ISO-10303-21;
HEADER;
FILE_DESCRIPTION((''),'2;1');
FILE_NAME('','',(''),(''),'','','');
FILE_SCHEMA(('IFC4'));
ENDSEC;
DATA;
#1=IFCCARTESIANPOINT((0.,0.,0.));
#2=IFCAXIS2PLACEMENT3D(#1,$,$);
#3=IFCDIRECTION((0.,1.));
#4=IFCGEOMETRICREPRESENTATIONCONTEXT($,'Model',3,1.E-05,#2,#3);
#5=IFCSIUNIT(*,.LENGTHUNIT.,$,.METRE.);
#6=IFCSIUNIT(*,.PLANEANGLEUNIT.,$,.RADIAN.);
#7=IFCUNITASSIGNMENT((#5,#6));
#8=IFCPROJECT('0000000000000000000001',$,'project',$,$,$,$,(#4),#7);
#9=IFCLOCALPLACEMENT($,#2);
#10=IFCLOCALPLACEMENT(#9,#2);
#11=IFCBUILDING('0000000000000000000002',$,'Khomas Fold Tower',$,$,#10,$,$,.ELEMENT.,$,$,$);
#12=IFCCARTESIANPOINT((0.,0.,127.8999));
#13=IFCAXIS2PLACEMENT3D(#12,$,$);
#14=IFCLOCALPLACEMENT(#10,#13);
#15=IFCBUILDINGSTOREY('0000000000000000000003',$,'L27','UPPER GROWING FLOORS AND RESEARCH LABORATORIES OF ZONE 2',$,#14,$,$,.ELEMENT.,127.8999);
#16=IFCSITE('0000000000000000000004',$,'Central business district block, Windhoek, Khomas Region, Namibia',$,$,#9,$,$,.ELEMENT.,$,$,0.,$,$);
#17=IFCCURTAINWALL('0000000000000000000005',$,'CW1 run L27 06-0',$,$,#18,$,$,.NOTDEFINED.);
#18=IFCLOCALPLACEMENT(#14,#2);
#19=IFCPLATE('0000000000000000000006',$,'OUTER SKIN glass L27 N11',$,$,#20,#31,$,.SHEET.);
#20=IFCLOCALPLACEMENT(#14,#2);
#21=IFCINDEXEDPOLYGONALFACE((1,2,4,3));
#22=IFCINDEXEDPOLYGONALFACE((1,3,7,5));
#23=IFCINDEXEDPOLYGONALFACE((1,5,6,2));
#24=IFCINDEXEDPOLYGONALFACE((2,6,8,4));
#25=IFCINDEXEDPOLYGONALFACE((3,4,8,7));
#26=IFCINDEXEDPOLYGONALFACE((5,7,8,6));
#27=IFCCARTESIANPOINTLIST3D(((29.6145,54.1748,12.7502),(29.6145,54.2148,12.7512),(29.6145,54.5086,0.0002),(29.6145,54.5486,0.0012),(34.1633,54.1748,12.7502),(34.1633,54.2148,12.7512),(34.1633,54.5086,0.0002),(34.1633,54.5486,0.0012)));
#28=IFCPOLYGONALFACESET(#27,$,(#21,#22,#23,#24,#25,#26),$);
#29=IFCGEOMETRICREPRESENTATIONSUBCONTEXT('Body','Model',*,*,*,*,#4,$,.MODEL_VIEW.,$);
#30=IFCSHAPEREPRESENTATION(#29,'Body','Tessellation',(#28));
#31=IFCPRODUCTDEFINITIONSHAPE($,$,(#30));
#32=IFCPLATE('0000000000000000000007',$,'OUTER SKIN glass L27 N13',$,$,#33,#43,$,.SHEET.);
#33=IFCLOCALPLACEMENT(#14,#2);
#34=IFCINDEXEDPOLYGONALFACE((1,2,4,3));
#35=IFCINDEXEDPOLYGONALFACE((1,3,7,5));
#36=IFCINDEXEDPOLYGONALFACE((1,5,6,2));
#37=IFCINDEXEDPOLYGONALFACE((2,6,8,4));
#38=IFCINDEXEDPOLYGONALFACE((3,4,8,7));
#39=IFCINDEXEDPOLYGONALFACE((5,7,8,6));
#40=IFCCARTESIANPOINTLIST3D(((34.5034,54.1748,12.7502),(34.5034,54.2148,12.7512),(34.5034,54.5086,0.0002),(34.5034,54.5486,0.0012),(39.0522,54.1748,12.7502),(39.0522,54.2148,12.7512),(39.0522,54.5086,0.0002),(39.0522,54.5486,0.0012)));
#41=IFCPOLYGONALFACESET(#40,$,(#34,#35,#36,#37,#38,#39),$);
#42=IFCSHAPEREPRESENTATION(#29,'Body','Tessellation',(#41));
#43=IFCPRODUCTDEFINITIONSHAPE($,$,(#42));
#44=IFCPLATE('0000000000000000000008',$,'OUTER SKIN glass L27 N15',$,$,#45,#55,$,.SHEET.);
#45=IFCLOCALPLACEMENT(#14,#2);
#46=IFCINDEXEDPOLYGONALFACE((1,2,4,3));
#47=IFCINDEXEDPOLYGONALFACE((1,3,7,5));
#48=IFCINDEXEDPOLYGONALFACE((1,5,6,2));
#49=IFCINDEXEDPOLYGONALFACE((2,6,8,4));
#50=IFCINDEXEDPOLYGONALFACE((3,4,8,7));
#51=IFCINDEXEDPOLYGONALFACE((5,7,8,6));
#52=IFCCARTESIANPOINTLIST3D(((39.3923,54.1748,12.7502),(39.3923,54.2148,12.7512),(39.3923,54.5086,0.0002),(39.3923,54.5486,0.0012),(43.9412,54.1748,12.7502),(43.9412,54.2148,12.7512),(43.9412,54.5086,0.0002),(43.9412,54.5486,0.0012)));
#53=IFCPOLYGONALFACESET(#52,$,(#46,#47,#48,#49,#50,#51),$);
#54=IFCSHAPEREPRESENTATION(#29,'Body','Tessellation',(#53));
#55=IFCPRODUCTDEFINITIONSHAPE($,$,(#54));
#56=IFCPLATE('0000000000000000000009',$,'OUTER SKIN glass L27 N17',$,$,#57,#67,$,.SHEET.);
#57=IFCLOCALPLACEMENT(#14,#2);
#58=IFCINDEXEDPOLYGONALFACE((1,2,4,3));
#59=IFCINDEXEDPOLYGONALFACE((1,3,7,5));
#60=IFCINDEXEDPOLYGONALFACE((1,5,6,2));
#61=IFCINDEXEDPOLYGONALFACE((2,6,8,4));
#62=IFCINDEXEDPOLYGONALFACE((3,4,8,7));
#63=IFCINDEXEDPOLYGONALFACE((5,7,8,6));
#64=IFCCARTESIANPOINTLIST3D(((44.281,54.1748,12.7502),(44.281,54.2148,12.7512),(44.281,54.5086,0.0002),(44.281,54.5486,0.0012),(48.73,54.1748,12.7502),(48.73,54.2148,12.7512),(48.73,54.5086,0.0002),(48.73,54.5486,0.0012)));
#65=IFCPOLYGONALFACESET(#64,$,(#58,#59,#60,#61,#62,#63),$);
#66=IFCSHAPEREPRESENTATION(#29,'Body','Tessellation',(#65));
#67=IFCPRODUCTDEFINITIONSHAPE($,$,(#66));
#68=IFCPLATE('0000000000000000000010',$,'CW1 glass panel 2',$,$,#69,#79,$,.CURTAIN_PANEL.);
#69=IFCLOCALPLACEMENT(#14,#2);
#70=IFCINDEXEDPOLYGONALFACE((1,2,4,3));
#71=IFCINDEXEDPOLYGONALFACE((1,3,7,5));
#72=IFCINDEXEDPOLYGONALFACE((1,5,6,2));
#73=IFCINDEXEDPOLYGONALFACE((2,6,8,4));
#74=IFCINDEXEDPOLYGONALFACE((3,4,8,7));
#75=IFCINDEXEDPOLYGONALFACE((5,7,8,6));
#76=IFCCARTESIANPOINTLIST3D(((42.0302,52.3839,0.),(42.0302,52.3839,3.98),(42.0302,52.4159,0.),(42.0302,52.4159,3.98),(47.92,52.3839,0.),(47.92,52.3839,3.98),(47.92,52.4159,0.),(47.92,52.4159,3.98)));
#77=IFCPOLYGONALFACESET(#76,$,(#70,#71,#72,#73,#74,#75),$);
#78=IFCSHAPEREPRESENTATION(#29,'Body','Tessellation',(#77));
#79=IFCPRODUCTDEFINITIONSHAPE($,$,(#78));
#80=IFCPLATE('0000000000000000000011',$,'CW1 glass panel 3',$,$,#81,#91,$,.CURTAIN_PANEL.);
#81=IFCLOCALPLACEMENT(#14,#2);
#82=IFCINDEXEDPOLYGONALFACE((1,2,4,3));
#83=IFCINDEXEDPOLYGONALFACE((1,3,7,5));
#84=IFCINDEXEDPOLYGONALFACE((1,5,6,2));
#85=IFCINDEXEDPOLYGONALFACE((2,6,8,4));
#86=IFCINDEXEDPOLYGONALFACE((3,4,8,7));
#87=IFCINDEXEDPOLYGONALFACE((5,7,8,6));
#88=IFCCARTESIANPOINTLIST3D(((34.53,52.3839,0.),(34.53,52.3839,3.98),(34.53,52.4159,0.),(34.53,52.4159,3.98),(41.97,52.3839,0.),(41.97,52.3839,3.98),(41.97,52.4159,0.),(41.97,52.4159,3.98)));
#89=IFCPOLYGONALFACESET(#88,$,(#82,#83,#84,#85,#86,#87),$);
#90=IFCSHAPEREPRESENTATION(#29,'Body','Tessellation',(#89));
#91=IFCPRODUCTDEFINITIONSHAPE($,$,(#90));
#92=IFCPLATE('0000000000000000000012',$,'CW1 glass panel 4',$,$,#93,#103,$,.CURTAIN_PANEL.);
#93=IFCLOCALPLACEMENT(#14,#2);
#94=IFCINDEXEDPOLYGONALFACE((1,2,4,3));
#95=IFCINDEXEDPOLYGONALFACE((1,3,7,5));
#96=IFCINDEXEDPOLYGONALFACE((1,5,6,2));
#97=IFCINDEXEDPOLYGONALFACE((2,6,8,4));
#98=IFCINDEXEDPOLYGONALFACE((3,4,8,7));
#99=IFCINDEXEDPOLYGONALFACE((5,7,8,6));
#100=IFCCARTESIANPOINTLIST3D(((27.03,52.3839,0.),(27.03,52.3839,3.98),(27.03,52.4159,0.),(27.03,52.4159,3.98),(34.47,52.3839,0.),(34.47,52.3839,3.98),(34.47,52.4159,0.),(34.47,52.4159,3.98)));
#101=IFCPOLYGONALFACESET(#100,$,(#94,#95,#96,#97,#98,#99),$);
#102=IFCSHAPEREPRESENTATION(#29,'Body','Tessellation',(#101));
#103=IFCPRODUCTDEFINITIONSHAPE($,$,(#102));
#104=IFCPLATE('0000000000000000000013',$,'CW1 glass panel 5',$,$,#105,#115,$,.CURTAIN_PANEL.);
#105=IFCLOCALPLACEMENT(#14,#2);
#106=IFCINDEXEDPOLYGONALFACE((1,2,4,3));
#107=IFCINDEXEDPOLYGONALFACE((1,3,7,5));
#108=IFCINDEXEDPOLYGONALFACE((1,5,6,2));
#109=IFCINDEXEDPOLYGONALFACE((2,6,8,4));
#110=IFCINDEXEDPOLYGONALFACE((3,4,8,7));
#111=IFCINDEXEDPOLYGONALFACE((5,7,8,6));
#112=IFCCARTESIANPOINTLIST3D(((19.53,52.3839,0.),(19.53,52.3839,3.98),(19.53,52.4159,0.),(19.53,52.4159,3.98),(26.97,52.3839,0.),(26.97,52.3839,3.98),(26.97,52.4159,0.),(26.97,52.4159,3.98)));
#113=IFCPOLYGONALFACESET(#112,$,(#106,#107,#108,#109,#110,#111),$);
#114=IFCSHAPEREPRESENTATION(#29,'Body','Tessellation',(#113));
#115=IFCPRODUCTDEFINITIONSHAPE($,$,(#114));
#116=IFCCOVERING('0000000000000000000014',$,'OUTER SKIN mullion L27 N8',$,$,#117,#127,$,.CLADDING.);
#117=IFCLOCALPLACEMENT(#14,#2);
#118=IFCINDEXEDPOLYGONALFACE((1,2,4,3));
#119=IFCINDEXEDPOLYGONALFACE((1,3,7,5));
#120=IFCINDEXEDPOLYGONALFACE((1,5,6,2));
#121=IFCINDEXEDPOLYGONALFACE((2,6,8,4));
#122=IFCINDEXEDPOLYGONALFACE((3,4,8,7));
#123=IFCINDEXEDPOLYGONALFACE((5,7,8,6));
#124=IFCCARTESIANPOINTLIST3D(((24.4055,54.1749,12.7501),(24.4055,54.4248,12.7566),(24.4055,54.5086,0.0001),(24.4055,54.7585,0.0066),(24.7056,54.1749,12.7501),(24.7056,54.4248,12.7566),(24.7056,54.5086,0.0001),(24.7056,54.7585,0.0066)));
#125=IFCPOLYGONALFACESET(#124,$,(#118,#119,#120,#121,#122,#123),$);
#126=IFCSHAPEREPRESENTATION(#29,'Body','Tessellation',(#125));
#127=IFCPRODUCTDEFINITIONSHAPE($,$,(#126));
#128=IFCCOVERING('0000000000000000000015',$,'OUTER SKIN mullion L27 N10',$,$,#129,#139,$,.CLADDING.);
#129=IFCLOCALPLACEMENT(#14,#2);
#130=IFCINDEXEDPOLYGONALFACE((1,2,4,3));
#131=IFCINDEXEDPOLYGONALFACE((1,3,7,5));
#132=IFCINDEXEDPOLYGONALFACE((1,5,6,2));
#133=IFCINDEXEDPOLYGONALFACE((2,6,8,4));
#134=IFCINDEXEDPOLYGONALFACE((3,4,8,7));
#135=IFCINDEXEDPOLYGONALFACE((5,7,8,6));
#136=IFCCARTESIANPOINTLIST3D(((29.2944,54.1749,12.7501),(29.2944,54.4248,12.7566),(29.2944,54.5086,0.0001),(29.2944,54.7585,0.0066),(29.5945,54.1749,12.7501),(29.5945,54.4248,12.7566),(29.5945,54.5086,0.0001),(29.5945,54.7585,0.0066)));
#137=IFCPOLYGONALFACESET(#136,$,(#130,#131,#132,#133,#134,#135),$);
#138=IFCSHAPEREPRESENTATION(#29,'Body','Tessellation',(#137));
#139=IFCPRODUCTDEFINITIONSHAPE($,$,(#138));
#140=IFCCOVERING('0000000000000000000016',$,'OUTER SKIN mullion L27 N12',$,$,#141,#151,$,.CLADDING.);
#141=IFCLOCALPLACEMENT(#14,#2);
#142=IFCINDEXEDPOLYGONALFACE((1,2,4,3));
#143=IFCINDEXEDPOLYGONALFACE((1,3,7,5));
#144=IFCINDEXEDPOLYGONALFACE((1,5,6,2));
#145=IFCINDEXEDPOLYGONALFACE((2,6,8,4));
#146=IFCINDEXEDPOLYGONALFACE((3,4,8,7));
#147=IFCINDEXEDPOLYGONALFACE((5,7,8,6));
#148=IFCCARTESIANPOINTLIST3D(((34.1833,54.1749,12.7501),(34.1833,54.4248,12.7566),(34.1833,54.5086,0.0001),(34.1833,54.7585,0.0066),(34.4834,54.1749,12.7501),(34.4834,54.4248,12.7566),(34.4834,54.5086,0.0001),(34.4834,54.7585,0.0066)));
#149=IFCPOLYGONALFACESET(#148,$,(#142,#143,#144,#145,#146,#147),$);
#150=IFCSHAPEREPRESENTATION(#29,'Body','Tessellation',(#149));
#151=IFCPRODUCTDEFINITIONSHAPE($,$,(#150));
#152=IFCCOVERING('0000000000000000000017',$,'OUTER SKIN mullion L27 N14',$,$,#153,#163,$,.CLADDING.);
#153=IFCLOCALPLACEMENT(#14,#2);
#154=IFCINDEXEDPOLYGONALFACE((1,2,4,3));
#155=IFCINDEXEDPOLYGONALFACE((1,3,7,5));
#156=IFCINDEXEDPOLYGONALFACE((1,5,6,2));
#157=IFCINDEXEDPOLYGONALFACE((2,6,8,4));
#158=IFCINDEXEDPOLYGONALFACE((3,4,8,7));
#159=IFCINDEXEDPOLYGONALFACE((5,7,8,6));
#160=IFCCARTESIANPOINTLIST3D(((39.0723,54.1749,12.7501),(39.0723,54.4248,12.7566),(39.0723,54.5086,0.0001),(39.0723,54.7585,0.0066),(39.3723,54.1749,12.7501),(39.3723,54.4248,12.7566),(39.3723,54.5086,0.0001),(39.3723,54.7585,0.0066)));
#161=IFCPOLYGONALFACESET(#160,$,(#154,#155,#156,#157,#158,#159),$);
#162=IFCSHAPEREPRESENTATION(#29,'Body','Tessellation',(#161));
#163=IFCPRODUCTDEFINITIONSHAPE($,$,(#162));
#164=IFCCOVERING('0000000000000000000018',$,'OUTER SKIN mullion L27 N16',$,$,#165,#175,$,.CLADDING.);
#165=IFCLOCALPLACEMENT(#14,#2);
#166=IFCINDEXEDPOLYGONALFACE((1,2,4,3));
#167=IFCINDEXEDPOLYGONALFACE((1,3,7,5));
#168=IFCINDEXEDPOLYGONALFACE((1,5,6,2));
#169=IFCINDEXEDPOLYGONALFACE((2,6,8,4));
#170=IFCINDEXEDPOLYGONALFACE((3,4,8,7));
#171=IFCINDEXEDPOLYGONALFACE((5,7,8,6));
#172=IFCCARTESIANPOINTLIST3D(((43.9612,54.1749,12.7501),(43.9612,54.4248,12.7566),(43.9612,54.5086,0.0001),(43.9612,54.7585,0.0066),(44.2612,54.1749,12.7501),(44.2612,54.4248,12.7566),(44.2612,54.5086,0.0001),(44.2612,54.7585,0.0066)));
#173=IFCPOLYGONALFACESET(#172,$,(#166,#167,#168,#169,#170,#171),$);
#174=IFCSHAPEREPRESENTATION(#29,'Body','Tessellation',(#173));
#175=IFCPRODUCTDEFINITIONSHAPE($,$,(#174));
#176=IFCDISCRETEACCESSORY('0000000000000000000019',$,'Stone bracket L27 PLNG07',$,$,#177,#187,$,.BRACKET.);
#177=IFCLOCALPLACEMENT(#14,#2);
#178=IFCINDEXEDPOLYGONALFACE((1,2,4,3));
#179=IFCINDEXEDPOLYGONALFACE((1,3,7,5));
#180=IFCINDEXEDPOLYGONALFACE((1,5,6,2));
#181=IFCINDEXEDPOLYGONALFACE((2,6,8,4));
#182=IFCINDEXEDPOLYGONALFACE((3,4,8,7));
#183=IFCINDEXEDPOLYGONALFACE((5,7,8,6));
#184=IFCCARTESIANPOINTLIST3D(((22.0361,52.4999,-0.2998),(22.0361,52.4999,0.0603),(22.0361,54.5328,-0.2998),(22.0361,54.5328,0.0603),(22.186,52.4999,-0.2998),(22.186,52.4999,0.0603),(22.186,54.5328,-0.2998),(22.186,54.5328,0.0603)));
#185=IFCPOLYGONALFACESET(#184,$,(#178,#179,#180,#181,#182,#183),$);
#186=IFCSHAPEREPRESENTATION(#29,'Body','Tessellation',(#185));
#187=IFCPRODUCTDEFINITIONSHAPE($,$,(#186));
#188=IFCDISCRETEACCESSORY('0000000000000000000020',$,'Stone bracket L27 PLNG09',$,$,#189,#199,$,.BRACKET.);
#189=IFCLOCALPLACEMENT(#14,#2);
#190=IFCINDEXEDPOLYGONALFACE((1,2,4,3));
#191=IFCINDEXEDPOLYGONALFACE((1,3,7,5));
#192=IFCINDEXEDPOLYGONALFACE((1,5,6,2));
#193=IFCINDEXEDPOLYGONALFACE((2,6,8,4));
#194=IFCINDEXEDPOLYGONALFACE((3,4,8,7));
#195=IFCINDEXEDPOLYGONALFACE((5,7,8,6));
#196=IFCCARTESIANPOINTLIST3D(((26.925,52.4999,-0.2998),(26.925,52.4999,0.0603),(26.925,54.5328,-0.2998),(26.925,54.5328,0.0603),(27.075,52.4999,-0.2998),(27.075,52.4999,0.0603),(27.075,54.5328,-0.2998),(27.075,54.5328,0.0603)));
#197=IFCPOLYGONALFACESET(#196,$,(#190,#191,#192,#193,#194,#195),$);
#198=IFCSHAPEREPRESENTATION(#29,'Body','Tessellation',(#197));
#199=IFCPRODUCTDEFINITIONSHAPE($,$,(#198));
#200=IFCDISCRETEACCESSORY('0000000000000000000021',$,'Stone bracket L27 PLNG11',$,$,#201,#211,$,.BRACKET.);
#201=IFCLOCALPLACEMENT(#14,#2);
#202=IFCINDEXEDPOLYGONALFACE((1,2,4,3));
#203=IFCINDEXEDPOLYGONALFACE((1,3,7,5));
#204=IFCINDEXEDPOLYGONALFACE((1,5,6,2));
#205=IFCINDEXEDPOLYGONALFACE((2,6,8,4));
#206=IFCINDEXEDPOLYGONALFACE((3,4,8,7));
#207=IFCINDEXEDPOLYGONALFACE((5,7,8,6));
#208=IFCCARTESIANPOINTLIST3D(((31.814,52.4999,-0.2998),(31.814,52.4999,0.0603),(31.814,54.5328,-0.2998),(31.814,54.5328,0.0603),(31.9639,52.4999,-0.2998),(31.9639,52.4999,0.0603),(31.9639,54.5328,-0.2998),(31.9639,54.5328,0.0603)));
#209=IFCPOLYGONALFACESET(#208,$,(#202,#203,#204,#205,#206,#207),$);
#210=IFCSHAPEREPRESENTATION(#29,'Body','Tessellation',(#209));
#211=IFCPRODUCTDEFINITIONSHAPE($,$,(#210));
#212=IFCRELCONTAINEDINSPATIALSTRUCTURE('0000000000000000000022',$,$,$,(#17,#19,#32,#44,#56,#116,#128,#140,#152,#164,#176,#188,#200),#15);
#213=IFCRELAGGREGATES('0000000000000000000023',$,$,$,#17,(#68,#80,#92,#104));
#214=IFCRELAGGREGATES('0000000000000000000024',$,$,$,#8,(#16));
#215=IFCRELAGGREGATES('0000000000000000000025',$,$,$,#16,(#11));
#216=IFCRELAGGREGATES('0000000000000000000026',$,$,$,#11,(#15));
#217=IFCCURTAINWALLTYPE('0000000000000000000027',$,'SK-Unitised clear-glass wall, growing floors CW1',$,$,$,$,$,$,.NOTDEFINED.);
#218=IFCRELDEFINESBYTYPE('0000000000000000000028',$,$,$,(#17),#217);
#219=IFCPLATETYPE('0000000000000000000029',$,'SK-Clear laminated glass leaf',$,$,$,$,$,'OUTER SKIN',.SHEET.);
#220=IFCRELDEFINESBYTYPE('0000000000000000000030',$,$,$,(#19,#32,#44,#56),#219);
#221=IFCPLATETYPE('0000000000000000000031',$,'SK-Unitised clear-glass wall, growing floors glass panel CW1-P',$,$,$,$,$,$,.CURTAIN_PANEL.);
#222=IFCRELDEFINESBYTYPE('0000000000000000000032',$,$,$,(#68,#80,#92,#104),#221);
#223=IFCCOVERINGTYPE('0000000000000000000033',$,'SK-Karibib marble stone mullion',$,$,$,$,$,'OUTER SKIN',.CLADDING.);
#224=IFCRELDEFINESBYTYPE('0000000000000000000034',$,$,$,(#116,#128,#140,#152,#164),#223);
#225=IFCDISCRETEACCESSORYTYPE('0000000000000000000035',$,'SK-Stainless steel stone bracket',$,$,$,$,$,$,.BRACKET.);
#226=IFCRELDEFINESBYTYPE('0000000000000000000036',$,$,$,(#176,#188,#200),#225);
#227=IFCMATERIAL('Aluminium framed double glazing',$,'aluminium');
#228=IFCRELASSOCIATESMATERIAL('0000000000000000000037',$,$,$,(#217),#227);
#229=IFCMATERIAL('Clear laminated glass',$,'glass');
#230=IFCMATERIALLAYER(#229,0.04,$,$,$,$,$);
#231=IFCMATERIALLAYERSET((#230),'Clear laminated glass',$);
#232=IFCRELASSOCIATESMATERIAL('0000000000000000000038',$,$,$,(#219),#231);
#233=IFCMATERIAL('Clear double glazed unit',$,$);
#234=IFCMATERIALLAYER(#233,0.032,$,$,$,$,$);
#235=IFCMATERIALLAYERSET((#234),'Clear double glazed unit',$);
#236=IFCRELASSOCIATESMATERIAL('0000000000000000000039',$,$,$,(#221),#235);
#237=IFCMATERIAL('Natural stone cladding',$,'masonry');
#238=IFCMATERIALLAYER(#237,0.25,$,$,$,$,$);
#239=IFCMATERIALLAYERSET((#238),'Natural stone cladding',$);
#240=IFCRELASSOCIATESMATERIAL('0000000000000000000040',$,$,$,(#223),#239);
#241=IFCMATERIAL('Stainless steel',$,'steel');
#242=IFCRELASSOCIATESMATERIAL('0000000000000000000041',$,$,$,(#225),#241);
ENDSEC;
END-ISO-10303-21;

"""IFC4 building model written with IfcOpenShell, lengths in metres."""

from ifc_helpers import new_model, si_unit, direction, frame, origin, origin_2d, place, context, subcontext, project, spatial, polyline, rectangle, outline, extrude, source, transform, mapped, material, layer, layer_set, type_object, element, aggregate, save


model = new_model("IFC4")

# Units and contexts
model_context = context("Model", 3, precision=1e-05, world=origin(), true_north=direction((0.0, 1.0)))
body_context = subcontext(model_context, "Body", "Model", "MODEL_VIEW")
ifc_project = project(units=[si_unit("LENGTHUNIT", "METRE"), si_unit("PLANEANGLEUNIT", "RADIAN")], contexts=[model_context])

# Site, building, storey
site_placement = place(None, origin())
site = spatial("IfcSite", under=ifc_project, at=site_placement, Name="Central business district block, Windhoek, Khomas Region, Namibia", CompositionType="ELEMENT", RefElevation=0.0)
building_placement = place(site_placement, origin())
building = spatial("IfcBuilding", under=site, at=building_placement, Name="Khomas Fold Tower", CompositionType="ELEMENT")
storey_placement = place(building_placement, frame((0.0, 0.0, 127.8999)))
storey = spatial("IfcBuildingStorey", under=building, at=storey_placement, Name="L27", Description="UPPER GROWING FLOORS AND RESEARCH LABORATORIES OF ZONE 2", CompositionType="ELEMENT", Elevation=127.8999)

# Curtain wall
ifc_material_1 = material(Name="Aluminium framed double glazing", Category="aluminium")
curtain_wall_type = type_object("IfcCurtainWallType", Name="SK-Unitised clear-glass wall, growing floors CW1", PredefinedType="NOTDEFINED", material=ifc_material_1)
curtain_wall_placement = place(storey_placement, origin())
curtain_wall = element("IfcCurtainWall", 1, at=curtain_wall_placement, inside=storey, type_object=curtain_wall_type, Name="CW1 run L27 06-0", PredefinedType="NOTDEFINED")

# Plates
ifc_material_2 = material(Name="Clear laminated glass", Category="glass")
ifc_layer_1 = layer(ifc_material_2, 0.04)
ifc_layer_set_1 = layer_set([ifc_layer_1], Name="Clear laminated glass")
plate_type_1 = type_object("IfcPlateType", Name="SK-Clear laminated glass leaf", ElementType="OUTER SKIN", PredefinedType="SHEET", material=ifc_layer_set_1)
for number, where, z_axis, x_axis, name in (
    (2, (29.6145, 54.5486, 0.0012), (0.0, 0.999658, 0.026167), (1.0, 0.0, 0.0), "OUTER SKIN glass L27 N11"),
    (3, (34.5034, 54.5486, 0.0012), (0.0, 0.999658, 0.026167), (1.0, 0.0, 0.0), "OUTER SKIN glass L27 N13"),
    (4, (39.3923, 54.5486, 0.0012), (0.0, 0.999658, 0.026167), (1.0, 0.0, 0.0), "OUTER SKIN glass L27 N15"),
):
    element("IfcPlate", number, at=place(storey_placement, frame(where, z_axis=z_axis, x_axis=x_axis)), inside=storey, type_object=plate_type_1, Name=name, PredefinedType="SHEET", context=body_context, shape_type="SweptSolid", body=[
        extrude(outline(polyline([(0.0, 0.0), (4.5488, 0.0), (4.5488, -12.7544), (0.0, -12.7544), (0.0, 0.0)])), origin(), (0.0, 0.0, -1.0), 0.04),
    ])
plate_1_placement = place(storey_placement, frame((44.281, 54.5486, 0.0012), z_axis=(0.0, 0.999658, 0.026167), x_axis=(1.0, 0.0, 0.0)))
element("IfcPlate", 5, at=plate_1_placement, inside=storey, type_object=plate_type_1, Name="OUTER SKIN glass L27 N17", PredefinedType="SHEET", context=body_context, shape_type="SweptSolid", body=[
    extrude(outline(polyline([(0.0, 0.0), (4.449, 0.0), (4.449, -12.7544), (0.0, -12.7544), (0.0, 0.0)])), origin(), (0.0, 0.0, -1.0), 0.04),
])

# Plates
ifc_material_3 = material(Name="Clear double glazed unit")
ifc_layer_2 = layer(ifc_material_3, 0.032)
ifc_layer_set_2 = layer_set([ifc_layer_2], Name="Clear double glazed unit")
plate_type_2 = type_object("IfcPlateType", Name="SK-Unitised clear-glass wall, growing floors glass panel CW1-P", PredefinedType="CURTAIN_PANEL", material=ifc_layer_set_2)
shared_shape_1 = source(origin(), body_context, "Body", "SweptSolid", [
    extrude(rectangle(XDim=5.8899, YDim=0.032, at=origin_2d()), origin(), (0.0, 0.0, 1.0), 3.98),
])
plate_2_placement = place(storey_placement, frame((44.9751, 52.3999, 0.0), z_axis=(0.0, 0.0, 1.0), x_axis=(-1.0, 0.0, 0.0)))
plate_2 = element("IfcPlate", 6, at=plate_2_placement, type_object=plate_type_2, Name="CW1 glass panel 2", PredefinedType="CURTAIN_PANEL", context=body_context, shape_type="MappedRepresentation", body=[
    mapped(shared_shape_1, transform((0.0, 0.0, 0.0))),
])
shared_shape_2 = source(origin(), body_context, "Body", "SweptSolid", [
    extrude(rectangle(XDim=7.4399, YDim=0.032, at=origin_2d()), origin(), (0.0, 0.0, 1.0), 3.98),
])
plate_3_placement = place(storey_placement, frame((38.25, 52.3999, 0.0), z_axis=(0.0, 0.0, 1.0), x_axis=(-1.0, 0.0, 0.0)))
plate_3 = element("IfcPlate", 7, at=plate_3_placement, type_object=plate_type_2, Name="CW1 glass panel 3", PredefinedType="CURTAIN_PANEL", context=body_context, shape_type="MappedRepresentation", body=[
    mapped(shared_shape_2, transform((0.0, 0.0, 0.0))),
])
plate_4_placement = place(storey_placement, frame((30.75, 52.3999, 0.0), z_axis=(0.0, 0.0, 1.0), x_axis=(-1.0, 0.0, 0.0)))
plate_4 = element("IfcPlate", 8, at=plate_4_placement, type_object=plate_type_2, Name="CW1 glass panel 4", PredefinedType="CURTAIN_PANEL", context=body_context, shape_type="MappedRepresentation", body=[
    mapped(shared_shape_2, transform((0.0, 0.0, 0.0))),
])
plate_5_placement = place(storey_placement, frame((23.25, 52.3999, 0.0), z_axis=(0.0, 0.0, 1.0), x_axis=(-1.0, 0.0, 0.0)))
plate_5 = element("IfcPlate", 9, at=plate_5_placement, type_object=plate_type_2, Name="CW1 glass panel 5", PredefinedType="CURTAIN_PANEL", context=body_context, shape_type="MappedRepresentation", body=[
    mapped(shared_shape_2, transform((0.0, 0.0, 0.0))),
])
aggregate(curtain_wall, [plate_2, plate_3, plate_4, plate_5])

# Coverings
ifc_material_4 = material(Name="Natural stone cladding", Category="masonry")
ifc_layer_3 = layer(ifc_material_4, 0.25)
ifc_layer_set_3 = layer_set([ifc_layer_3], Name="Natural stone cladding")
covering_type = type_object("IfcCoveringType", Name="SK-Karibib marble stone mullion", ElementType="OUTER SKIN", PredefinedType="CLADDING", material=ifc_layer_set_3)
for number, where, z_axis, x_axis, name in (
    (10, (24.4055, 54.7585, 0.0066), (0.0, 0.999658, 0.026167), (1.0, 0.0, 0.0), "OUTER SKIN mullion L27 N8"),
    (11, (29.2944, 54.7585, 0.0066), (0.0, 0.999658, 0.026167), (1.0, 0.0, 0.0), "OUTER SKIN mullion L27 N10"),
    (12, (34.1833, 54.7585, 0.0066), (0.0, 0.999658, 0.026167), (1.0, 0.0, 0.0), "OUTER SKIN mullion L27 N12"),
    (13, (39.0723, 54.7585, 0.0066), (0.0, 0.999658, 0.026167), (1.0, 0.0, 0.0), "OUTER SKIN mullion L27 N14"),
    (14, (43.9612, 54.7585, 0.0066), (0.0, 0.999658, 0.026167), (1.0, 0.0, 0.0), "OUTER SKIN mullion L27 N16"),
):
    element("IfcCovering", number, at=place(storey_placement, frame(where, z_axis=z_axis, x_axis=x_axis)), inside=storey, type_object=covering_type, Name=name, PredefinedType="CLADDING", context=body_context, shape_type="SweptSolid", body=[
        extrude(outline(polyline([(0.0, 0.0), (0.3, 0.0), (0.3, -12.7544), (0.0, -12.7544), (0.0, 0.0)])), origin(), (0.0, 0.0, -1.0), 0.25),
    ])

# Discrete accessories
ifc_material_5 = material(Name="Stainless steel", Category="steel")
discrete_accessory_type = type_object("IfcDiscreteAccessoryType", Name="SK-Stainless steel stone bracket", PredefinedType="BRACKET", material=ifc_material_5)
shared_shape_3 = source(origin(), body_context, "Body", "SweptSolid", [
    extrude(rectangle(XDim=2.033, YDim=0.1499, at=origin_2d()), origin(), (0.0, 0.0, 1.0), 0.3601),
])
for number, where, z_axis, x_axis, name in (
    (15, (22.1111, 53.5164, -0.2998), (0.0, 0.0, 1.0), (0.0, 1.0, 0.0), "Stone bracket L27 PLNG07"),
    (16, (27.0, 53.5164, -0.2998), (0.0, 0.0, 1.0), (0.0, 1.0, 0.0), "Stone bracket L27 PLNG09"),
    (17, (31.8889, 53.5164, -0.2998), (0.0, 0.0, 1.0), (0.0, 1.0, 0.0), "Stone bracket L27 PLNG11"),
):
    element("IfcDiscreteAccessory", number, at=place(storey_placement, frame(where, z_axis=z_axis, x_axis=x_axis)), inside=storey, type_object=discrete_accessory_type, Name=name, PredefinedType="BRACKET", context=body_context, shape_type="MappedRepresentation", body=[
        mapped(shared_shape_3, transform((0.0, 0.0, 0.0))),
    ])

save(model, "model.ifc")
